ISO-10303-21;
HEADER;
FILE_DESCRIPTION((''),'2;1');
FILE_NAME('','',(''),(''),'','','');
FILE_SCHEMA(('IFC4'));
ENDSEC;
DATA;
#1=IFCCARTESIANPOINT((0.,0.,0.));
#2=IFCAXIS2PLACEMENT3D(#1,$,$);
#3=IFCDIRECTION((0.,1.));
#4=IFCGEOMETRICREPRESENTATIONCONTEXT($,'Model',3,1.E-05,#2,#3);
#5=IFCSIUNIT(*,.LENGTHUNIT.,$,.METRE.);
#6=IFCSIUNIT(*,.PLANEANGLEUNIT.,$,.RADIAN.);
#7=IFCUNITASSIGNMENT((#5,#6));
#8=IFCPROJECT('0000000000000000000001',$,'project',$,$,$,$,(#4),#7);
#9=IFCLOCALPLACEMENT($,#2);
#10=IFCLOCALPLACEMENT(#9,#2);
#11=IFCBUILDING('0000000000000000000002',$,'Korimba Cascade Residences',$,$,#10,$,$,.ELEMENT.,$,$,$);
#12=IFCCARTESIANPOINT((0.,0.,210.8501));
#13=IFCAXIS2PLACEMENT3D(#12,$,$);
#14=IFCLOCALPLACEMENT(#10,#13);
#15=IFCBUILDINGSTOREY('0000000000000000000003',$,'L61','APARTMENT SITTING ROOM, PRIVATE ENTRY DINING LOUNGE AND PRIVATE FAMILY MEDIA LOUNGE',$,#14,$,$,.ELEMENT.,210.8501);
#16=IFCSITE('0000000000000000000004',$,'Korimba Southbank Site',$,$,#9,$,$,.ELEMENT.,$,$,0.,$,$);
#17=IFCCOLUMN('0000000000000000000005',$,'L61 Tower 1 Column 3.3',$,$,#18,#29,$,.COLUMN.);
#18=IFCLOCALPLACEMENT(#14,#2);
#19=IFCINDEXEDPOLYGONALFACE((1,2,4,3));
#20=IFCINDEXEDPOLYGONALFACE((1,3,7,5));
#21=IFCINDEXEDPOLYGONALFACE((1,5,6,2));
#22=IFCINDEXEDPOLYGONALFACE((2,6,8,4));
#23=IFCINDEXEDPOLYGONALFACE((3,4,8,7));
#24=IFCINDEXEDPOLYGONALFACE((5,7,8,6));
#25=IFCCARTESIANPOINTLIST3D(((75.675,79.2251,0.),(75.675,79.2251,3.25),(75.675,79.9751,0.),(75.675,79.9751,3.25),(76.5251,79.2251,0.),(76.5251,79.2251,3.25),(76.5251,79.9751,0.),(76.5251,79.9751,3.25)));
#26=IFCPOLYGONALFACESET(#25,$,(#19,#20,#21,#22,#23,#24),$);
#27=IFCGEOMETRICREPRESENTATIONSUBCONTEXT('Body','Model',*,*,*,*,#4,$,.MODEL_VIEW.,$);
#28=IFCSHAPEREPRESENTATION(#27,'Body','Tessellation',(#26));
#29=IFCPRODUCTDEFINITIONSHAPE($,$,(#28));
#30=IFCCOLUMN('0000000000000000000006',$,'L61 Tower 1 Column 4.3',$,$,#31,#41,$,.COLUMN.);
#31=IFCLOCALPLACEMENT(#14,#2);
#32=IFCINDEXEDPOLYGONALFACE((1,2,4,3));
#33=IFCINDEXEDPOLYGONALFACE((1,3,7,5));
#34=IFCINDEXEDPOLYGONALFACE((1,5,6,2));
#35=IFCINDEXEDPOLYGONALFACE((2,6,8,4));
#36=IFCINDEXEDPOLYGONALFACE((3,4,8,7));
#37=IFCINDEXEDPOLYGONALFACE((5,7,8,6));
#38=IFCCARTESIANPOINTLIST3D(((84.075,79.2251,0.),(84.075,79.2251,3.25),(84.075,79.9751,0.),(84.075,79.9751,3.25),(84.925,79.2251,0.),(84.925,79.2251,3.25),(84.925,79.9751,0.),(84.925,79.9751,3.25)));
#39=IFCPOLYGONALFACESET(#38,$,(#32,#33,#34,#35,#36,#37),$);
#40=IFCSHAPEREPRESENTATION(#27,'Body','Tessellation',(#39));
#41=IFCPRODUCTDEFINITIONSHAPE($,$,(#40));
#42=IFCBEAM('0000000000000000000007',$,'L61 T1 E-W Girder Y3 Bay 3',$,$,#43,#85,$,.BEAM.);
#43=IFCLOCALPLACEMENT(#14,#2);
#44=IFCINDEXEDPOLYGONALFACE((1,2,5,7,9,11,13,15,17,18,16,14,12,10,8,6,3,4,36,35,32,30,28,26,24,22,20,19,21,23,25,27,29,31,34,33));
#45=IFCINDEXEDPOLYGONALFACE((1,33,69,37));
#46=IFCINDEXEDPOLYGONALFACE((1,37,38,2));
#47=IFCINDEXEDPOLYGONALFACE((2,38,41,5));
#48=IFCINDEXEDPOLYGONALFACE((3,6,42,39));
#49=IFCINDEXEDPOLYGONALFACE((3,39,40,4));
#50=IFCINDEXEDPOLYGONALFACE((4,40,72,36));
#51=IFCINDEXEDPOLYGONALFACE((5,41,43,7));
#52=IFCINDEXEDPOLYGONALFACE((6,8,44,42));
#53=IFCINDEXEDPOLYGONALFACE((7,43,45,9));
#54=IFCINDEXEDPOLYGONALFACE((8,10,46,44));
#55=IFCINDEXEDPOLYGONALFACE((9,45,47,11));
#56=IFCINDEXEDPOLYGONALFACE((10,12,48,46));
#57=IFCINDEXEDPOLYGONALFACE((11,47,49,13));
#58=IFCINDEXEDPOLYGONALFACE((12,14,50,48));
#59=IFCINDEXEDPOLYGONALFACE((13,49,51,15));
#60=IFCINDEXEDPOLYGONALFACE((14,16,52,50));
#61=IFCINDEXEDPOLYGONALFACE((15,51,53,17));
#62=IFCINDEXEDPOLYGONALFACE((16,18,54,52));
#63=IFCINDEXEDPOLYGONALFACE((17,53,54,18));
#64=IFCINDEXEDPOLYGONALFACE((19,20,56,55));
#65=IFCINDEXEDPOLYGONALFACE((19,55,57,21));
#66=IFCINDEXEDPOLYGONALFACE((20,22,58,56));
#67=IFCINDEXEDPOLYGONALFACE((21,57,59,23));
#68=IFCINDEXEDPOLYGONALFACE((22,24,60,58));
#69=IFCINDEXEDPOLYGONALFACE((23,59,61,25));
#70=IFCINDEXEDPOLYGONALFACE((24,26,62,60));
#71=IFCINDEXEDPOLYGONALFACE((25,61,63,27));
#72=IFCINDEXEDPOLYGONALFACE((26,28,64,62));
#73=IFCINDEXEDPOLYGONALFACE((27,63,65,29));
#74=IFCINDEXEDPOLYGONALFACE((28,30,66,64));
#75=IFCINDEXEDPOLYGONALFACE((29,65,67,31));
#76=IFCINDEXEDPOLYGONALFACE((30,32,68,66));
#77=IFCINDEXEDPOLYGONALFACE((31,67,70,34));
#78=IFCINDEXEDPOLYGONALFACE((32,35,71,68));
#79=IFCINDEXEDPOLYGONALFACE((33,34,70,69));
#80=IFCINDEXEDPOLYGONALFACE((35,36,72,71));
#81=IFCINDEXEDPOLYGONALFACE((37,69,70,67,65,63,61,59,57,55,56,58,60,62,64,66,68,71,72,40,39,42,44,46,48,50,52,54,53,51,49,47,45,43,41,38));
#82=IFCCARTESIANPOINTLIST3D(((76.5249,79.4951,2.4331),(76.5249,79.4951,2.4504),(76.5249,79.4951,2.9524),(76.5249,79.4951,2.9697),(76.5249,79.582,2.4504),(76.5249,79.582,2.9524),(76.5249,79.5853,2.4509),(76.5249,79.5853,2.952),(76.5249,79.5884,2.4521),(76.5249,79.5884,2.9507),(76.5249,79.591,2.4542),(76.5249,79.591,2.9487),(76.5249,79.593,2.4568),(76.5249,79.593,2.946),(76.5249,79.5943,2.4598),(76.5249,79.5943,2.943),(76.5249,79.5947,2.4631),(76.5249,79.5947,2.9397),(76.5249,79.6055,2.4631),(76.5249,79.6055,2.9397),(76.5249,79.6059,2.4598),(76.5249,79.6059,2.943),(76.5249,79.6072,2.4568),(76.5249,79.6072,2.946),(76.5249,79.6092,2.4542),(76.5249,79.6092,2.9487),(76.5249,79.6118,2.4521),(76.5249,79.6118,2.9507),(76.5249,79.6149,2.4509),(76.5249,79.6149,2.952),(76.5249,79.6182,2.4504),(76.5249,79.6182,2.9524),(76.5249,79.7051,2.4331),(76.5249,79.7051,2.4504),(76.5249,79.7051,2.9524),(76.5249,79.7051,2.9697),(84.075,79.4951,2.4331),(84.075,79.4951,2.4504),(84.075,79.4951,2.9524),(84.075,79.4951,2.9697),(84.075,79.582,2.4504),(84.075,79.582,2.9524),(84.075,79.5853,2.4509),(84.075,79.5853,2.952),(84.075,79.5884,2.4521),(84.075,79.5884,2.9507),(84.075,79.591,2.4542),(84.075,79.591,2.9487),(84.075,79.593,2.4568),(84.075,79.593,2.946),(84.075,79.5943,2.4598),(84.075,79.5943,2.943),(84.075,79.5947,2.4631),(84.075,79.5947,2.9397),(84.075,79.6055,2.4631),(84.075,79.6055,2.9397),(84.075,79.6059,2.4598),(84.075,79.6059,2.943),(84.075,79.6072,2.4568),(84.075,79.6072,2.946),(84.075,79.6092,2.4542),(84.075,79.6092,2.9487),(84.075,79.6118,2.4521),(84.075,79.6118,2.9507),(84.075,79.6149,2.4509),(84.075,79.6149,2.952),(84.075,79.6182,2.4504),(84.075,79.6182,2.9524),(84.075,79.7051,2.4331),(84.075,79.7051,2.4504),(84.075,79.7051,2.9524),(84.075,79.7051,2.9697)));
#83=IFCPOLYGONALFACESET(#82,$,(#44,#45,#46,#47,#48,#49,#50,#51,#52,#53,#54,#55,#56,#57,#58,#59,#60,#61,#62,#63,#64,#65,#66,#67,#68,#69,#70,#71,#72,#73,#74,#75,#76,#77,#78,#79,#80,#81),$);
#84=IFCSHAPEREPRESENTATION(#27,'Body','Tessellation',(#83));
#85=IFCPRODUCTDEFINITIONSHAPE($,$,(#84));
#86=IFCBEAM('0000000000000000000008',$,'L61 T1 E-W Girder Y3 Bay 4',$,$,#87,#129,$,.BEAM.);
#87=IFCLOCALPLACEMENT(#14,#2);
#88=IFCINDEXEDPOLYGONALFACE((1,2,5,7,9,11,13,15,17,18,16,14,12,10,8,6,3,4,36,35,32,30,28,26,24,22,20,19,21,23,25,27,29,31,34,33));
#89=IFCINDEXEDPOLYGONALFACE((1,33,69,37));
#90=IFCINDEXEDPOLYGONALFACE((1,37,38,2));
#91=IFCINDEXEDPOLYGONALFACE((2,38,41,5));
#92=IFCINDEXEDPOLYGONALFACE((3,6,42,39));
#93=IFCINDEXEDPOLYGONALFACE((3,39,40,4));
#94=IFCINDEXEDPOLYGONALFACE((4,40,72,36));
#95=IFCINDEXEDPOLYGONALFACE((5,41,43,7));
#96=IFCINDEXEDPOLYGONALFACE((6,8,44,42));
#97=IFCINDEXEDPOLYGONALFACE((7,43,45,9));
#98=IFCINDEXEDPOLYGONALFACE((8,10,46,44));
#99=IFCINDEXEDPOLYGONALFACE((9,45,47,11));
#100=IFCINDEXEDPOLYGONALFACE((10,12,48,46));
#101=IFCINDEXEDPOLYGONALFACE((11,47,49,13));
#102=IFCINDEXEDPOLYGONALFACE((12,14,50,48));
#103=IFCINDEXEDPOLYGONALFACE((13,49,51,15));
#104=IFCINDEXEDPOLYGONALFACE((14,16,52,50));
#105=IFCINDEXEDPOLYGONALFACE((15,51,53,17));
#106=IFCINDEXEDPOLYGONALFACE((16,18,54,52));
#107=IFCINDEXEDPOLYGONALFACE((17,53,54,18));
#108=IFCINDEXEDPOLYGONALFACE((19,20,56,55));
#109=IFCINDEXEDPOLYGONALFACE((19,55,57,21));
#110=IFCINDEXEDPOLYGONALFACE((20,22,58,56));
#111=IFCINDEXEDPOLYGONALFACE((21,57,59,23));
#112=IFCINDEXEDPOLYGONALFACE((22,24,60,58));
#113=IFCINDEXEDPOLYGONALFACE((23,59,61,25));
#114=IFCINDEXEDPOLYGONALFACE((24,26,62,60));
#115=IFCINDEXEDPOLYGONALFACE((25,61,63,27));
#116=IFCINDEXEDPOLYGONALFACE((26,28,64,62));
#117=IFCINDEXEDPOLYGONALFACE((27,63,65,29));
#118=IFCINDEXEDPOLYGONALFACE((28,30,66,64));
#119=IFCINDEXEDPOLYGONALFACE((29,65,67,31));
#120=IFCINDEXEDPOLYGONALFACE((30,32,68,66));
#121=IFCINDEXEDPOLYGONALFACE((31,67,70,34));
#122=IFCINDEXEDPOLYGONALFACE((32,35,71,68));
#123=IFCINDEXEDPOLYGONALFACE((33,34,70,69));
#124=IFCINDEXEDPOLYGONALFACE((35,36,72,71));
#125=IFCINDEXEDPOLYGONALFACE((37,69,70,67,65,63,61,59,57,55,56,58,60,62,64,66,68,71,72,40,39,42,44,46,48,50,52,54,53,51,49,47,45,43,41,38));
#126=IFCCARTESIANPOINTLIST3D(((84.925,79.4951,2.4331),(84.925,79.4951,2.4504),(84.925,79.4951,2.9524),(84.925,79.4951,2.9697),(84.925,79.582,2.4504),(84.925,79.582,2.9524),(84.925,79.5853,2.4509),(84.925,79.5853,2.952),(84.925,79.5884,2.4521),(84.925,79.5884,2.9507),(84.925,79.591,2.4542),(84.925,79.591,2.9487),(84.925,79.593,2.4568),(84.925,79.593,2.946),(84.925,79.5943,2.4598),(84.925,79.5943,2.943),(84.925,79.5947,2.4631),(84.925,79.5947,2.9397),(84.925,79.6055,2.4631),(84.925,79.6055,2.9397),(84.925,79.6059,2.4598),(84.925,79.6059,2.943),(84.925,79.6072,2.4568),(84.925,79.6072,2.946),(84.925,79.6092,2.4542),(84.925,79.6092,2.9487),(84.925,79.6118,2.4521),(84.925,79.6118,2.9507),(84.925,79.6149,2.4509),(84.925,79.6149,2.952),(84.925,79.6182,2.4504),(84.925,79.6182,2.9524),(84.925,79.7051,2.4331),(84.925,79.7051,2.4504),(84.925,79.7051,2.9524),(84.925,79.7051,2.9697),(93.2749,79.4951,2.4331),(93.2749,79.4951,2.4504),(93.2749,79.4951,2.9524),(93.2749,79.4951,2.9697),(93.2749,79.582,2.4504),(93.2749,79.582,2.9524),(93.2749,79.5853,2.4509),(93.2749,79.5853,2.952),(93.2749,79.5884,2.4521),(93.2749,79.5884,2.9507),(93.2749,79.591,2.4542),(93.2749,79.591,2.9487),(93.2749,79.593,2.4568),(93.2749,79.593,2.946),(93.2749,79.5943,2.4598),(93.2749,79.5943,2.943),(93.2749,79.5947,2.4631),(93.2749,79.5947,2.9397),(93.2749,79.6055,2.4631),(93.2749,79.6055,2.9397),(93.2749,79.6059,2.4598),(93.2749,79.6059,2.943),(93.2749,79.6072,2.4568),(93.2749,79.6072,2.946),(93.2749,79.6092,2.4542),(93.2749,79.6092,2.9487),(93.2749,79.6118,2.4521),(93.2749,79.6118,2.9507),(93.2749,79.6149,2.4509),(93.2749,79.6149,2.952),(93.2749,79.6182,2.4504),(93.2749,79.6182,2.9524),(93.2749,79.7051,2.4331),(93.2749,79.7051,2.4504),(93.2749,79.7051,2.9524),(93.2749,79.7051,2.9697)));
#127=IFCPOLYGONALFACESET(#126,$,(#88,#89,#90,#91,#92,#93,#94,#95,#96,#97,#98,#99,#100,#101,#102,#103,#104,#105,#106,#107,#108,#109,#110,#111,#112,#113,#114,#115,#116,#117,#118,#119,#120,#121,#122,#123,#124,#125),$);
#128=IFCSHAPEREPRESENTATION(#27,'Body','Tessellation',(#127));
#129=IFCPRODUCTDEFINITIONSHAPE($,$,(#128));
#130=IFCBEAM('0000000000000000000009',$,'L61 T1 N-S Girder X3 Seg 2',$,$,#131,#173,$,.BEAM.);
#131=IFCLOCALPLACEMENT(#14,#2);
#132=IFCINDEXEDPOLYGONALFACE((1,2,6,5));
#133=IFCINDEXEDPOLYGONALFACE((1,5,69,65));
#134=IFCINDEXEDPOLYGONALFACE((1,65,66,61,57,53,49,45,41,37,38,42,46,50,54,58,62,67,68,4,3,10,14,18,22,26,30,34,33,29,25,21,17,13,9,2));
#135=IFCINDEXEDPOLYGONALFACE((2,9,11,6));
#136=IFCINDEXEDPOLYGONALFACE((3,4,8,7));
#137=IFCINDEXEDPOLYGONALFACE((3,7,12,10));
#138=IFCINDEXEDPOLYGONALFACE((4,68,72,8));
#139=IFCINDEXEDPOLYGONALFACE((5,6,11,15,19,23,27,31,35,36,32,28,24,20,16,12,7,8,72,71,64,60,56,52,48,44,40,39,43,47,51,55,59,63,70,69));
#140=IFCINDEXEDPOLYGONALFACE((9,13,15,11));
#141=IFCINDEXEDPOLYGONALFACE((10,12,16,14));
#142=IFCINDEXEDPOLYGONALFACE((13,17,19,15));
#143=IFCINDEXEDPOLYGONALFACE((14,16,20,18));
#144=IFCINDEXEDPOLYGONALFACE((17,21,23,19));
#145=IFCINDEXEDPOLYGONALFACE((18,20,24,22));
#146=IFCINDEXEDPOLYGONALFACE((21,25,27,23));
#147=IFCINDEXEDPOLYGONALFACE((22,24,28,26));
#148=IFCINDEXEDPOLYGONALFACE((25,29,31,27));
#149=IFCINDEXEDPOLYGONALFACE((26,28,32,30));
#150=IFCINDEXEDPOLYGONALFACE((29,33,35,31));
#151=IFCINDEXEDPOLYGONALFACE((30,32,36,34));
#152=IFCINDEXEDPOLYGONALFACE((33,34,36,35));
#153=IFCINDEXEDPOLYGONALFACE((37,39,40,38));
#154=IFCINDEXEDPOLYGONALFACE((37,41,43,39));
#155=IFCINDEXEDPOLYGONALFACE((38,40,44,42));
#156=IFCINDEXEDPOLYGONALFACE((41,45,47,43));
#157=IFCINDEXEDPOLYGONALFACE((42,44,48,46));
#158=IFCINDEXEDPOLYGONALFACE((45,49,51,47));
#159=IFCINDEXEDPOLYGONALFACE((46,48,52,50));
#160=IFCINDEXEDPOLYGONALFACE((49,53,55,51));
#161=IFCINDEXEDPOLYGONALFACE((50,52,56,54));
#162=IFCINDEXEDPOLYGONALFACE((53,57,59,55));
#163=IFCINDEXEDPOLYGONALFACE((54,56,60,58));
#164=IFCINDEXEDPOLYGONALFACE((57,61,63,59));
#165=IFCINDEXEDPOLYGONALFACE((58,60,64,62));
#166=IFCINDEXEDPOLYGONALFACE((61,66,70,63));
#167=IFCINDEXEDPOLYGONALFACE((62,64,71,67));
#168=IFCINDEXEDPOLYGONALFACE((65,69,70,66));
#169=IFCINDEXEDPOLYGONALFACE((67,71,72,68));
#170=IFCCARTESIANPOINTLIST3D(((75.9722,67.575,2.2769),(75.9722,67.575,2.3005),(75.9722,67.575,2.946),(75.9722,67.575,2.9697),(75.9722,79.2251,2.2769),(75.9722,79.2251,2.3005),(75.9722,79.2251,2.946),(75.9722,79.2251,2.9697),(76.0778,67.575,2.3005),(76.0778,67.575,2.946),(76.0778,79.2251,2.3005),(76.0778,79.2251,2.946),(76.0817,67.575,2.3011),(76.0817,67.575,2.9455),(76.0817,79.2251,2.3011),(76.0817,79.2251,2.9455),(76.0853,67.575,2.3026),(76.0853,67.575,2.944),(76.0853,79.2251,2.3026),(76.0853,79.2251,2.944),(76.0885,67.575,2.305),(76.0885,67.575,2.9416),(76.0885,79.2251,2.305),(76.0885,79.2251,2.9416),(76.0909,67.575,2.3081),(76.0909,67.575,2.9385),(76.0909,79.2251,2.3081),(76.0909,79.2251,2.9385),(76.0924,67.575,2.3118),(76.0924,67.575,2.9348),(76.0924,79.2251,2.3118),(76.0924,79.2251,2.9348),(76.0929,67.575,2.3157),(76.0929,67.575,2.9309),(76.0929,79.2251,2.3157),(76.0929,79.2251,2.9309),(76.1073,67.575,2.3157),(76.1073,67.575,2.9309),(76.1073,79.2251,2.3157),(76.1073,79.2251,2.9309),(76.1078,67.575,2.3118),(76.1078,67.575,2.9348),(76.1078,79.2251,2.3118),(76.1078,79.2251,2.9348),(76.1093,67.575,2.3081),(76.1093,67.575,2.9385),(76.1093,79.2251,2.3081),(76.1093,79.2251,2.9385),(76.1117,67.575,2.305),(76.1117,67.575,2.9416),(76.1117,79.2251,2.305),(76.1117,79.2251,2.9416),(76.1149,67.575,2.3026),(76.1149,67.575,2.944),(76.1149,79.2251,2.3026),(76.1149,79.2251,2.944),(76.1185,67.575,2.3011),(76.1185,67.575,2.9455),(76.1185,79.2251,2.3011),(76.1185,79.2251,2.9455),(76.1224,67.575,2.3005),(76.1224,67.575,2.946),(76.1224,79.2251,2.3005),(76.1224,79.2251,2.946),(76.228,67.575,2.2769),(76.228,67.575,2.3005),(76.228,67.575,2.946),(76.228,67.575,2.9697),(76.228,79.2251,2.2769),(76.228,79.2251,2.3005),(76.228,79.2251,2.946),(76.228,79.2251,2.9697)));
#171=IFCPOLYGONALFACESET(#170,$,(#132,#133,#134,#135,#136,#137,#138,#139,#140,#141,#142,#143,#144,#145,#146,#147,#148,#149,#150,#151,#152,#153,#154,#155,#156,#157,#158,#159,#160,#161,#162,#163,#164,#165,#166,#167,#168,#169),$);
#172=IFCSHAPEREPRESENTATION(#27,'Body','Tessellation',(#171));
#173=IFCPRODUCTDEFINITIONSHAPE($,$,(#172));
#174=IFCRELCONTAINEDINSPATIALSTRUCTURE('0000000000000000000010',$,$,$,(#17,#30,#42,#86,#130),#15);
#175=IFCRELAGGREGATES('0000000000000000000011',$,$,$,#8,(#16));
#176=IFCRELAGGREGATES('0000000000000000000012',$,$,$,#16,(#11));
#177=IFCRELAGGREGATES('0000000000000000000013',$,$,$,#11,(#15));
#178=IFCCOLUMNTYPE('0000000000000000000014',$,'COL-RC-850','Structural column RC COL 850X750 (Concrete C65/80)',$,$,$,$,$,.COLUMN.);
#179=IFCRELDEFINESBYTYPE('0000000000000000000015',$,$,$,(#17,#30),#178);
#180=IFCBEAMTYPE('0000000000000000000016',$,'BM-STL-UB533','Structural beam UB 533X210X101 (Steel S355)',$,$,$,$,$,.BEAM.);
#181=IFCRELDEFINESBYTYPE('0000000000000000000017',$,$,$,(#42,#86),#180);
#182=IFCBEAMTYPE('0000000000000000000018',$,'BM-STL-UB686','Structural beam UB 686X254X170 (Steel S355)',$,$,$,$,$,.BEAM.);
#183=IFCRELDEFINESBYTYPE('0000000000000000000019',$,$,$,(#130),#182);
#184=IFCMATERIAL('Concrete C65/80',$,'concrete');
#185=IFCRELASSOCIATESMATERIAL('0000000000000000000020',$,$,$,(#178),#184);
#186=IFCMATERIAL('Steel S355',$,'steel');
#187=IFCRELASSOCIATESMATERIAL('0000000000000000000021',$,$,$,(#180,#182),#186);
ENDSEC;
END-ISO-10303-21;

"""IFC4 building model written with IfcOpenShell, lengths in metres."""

from ifc_helpers import new_model, si_unit, direction, frame, origin, origin_2d, place, context, subcontext, project, spatial, rectangle, i_section, extrude, material, material_profile, profile_set, type_object, element, save


model = new_model("IFC4")

# Units and contexts
model_context = context("Model", 3, precision=1e-05, world=origin(), true_north=direction((0.0, 1.0)))
body_context = subcontext(model_context, "Body", "Model", "MODEL_VIEW")
ifc_project = project(units=[si_unit("LENGTHUNIT", "METRE"), si_unit("PLANEANGLEUNIT", "RADIAN")], contexts=[model_context])

# Site, building, storey
site_placement = place(None, origin())
site = spatial("IfcSite", under=ifc_project, at=site_placement, Name="Korimba Southbank Site", CompositionType="ELEMENT", RefElevation=0.0)
building_placement = place(site_placement, origin())
building = spatial("IfcBuilding", under=site, at=building_placement, Name="Korimba Cascade Residences", CompositionType="ELEMENT")
storey_placement = place(building_placement, frame((0.0, 0.0, 210.8501)))
storey = spatial("IfcBuildingStorey", under=building, at=storey_placement, Name="L61", Description="APARTMENT SITTING ROOM, PRIVATE ENTRY DINING LOUNGE AND PRIVATE FAMILY MEDIA LOUNGE", CompositionType="ELEMENT", Elevation=210.8501)

# Columns
ifc_material_1 = material(Name="Concrete C65/80", Category="concrete")
ifc_material_profile_1 = material_profile(ifc_material_1, rectangle(XDim=0.8501, YDim=0.75, at=origin_2d()), Name="Concrete C65/80")
ifc_profile_set_1 = profile_set([ifc_material_profile_1], Name="Concrete C65/80")
column_type = type_object("IfcColumnType", Name="COL-RC-850", Description="Structural column RC COL 850X750 (Concrete C65/80)", PredefinedType="COLUMN", material=ifc_profile_set_1)
for number, where, z_axis, x_axis, name in (
    (1, (76.1001, 79.6001, 0.0), (0.0, 0.0, 1.0), (1.0, 0.0, 0.0), "L61 Tower 1 Column 3.3"),
    (2, (84.5, 79.6001, 0.0), (0.0, 0.0, 1.0), (1.0, 0.0, 0.0), "L61 Tower 1 Column 4.3"),
):
    element("IfcColumn", number, at=place(storey_placement, frame(where, z_axis=z_axis, x_axis=x_axis)), inside=storey, type_object=column_type, Name=name, PredefinedType="COLUMN", context=body_context, shape_type="SweptSolid", body=[
        extrude(rectangle(XDim=0.8501, YDim=0.75, at=origin_2d()), origin(), (0.0, 0.0, 1.0), 3.25),
    ])

# Beams
ifc_material_2 = material(Name="Steel S355", Category="steel")
ifc_material_profile_2 = material_profile(ifc_material_2, i_section(OverallWidth=0.21, OverallDepth=0.5366, WebThickness=0.0107, FlangeThickness=0.0173, FilletRadius=0.0127, at=origin_2d()), Name="Steel S355")
ifc_profile_set_2 = profile_set([ifc_material_profile_2], Name="Steel S355")
beam_type_1 = type_object("IfcBeamType", Name="BM-STL-UB533", Description="Structural beam UB 533X210X101 (Steel S355)", PredefinedType="BEAM", material=ifc_profile_set_2)
beam_1_placement = place(storey_placement, frame((76.5249, 79.6001, 2.7014), z_axis=(1.0, 0.0, 0.0), x_axis=(0.0, 1.0, 0.0)))
element("IfcBeam", 3, at=beam_1_placement, inside=storey, type_object=beam_type_1, Name="L61 T1 E-W Girder Y3 Bay 3", PredefinedType="BEAM", context=body_context, shape_type="SweptSolid", body=[
    extrude(i_section(OverallWidth=0.21, OverallDepth=0.5366, WebThickness=0.0107, FlangeThickness=0.0173, FilletRadius=0.0127, at=origin_2d()), origin(), (0.0, 0.0, 1.0), 7.55),
])
beam_2_placement = place(storey_placement, frame((84.925, 79.6001, 2.7014), z_axis=(1.0, 0.0, 0.0), x_axis=(0.0, 1.0, 0.0)))
element("IfcBeam", 4, at=beam_2_placement, inside=storey, type_object=beam_type_1, Name="L61 T1 E-W Girder Y3 Bay 4", PredefinedType="BEAM", context=body_context, shape_type="SweptSolid", body=[
    extrude(i_section(OverallWidth=0.21, OverallDepth=0.5366, WebThickness=0.0107, FlangeThickness=0.0173, FilletRadius=0.0127, at=origin_2d()), origin(), (0.0, 0.0, 1.0), 8.3499),
])
ifc_material_profile_3 = material_profile(ifc_material_2, i_section(OverallWidth=0.2559, OverallDepth=0.6929, WebThickness=0.0144, FlangeThickness=0.0237, FilletRadius=0.0151, at=origin_2d()), Name="Steel S355")
ifc_profile_set_3 = profile_set([ifc_material_profile_3], Name="Steel S355")
beam_type_2 = type_object("IfcBeamType", Name="BM-STL-UB686", Description="Structural beam UB 686X254X170 (Steel S355)", PredefinedType="BEAM", material=ifc_profile_set_3)
beam_3_placement = place(storey_placement, frame((76.1001, 67.575, 2.6233), z_axis=(0.0, 1.0, 0.0), x_axis=(-1.0, 0.0, 0.0)))
element("IfcBeam", 5, at=beam_3_placement, inside=storey, type_object=beam_type_2, Name="L61 T1 N-S Girder X3 Seg 2", PredefinedType="BEAM", context=body_context, shape_type="SweptSolid", body=[
    extrude(i_section(OverallWidth=0.2559, OverallDepth=0.6929, WebThickness=0.0144, FlangeThickness=0.0237, FilletRadius=0.0151, at=origin_2d()), origin(), (0.0, 0.0, 1.0), 11.6501),
])

save(model, "model.ifc")
